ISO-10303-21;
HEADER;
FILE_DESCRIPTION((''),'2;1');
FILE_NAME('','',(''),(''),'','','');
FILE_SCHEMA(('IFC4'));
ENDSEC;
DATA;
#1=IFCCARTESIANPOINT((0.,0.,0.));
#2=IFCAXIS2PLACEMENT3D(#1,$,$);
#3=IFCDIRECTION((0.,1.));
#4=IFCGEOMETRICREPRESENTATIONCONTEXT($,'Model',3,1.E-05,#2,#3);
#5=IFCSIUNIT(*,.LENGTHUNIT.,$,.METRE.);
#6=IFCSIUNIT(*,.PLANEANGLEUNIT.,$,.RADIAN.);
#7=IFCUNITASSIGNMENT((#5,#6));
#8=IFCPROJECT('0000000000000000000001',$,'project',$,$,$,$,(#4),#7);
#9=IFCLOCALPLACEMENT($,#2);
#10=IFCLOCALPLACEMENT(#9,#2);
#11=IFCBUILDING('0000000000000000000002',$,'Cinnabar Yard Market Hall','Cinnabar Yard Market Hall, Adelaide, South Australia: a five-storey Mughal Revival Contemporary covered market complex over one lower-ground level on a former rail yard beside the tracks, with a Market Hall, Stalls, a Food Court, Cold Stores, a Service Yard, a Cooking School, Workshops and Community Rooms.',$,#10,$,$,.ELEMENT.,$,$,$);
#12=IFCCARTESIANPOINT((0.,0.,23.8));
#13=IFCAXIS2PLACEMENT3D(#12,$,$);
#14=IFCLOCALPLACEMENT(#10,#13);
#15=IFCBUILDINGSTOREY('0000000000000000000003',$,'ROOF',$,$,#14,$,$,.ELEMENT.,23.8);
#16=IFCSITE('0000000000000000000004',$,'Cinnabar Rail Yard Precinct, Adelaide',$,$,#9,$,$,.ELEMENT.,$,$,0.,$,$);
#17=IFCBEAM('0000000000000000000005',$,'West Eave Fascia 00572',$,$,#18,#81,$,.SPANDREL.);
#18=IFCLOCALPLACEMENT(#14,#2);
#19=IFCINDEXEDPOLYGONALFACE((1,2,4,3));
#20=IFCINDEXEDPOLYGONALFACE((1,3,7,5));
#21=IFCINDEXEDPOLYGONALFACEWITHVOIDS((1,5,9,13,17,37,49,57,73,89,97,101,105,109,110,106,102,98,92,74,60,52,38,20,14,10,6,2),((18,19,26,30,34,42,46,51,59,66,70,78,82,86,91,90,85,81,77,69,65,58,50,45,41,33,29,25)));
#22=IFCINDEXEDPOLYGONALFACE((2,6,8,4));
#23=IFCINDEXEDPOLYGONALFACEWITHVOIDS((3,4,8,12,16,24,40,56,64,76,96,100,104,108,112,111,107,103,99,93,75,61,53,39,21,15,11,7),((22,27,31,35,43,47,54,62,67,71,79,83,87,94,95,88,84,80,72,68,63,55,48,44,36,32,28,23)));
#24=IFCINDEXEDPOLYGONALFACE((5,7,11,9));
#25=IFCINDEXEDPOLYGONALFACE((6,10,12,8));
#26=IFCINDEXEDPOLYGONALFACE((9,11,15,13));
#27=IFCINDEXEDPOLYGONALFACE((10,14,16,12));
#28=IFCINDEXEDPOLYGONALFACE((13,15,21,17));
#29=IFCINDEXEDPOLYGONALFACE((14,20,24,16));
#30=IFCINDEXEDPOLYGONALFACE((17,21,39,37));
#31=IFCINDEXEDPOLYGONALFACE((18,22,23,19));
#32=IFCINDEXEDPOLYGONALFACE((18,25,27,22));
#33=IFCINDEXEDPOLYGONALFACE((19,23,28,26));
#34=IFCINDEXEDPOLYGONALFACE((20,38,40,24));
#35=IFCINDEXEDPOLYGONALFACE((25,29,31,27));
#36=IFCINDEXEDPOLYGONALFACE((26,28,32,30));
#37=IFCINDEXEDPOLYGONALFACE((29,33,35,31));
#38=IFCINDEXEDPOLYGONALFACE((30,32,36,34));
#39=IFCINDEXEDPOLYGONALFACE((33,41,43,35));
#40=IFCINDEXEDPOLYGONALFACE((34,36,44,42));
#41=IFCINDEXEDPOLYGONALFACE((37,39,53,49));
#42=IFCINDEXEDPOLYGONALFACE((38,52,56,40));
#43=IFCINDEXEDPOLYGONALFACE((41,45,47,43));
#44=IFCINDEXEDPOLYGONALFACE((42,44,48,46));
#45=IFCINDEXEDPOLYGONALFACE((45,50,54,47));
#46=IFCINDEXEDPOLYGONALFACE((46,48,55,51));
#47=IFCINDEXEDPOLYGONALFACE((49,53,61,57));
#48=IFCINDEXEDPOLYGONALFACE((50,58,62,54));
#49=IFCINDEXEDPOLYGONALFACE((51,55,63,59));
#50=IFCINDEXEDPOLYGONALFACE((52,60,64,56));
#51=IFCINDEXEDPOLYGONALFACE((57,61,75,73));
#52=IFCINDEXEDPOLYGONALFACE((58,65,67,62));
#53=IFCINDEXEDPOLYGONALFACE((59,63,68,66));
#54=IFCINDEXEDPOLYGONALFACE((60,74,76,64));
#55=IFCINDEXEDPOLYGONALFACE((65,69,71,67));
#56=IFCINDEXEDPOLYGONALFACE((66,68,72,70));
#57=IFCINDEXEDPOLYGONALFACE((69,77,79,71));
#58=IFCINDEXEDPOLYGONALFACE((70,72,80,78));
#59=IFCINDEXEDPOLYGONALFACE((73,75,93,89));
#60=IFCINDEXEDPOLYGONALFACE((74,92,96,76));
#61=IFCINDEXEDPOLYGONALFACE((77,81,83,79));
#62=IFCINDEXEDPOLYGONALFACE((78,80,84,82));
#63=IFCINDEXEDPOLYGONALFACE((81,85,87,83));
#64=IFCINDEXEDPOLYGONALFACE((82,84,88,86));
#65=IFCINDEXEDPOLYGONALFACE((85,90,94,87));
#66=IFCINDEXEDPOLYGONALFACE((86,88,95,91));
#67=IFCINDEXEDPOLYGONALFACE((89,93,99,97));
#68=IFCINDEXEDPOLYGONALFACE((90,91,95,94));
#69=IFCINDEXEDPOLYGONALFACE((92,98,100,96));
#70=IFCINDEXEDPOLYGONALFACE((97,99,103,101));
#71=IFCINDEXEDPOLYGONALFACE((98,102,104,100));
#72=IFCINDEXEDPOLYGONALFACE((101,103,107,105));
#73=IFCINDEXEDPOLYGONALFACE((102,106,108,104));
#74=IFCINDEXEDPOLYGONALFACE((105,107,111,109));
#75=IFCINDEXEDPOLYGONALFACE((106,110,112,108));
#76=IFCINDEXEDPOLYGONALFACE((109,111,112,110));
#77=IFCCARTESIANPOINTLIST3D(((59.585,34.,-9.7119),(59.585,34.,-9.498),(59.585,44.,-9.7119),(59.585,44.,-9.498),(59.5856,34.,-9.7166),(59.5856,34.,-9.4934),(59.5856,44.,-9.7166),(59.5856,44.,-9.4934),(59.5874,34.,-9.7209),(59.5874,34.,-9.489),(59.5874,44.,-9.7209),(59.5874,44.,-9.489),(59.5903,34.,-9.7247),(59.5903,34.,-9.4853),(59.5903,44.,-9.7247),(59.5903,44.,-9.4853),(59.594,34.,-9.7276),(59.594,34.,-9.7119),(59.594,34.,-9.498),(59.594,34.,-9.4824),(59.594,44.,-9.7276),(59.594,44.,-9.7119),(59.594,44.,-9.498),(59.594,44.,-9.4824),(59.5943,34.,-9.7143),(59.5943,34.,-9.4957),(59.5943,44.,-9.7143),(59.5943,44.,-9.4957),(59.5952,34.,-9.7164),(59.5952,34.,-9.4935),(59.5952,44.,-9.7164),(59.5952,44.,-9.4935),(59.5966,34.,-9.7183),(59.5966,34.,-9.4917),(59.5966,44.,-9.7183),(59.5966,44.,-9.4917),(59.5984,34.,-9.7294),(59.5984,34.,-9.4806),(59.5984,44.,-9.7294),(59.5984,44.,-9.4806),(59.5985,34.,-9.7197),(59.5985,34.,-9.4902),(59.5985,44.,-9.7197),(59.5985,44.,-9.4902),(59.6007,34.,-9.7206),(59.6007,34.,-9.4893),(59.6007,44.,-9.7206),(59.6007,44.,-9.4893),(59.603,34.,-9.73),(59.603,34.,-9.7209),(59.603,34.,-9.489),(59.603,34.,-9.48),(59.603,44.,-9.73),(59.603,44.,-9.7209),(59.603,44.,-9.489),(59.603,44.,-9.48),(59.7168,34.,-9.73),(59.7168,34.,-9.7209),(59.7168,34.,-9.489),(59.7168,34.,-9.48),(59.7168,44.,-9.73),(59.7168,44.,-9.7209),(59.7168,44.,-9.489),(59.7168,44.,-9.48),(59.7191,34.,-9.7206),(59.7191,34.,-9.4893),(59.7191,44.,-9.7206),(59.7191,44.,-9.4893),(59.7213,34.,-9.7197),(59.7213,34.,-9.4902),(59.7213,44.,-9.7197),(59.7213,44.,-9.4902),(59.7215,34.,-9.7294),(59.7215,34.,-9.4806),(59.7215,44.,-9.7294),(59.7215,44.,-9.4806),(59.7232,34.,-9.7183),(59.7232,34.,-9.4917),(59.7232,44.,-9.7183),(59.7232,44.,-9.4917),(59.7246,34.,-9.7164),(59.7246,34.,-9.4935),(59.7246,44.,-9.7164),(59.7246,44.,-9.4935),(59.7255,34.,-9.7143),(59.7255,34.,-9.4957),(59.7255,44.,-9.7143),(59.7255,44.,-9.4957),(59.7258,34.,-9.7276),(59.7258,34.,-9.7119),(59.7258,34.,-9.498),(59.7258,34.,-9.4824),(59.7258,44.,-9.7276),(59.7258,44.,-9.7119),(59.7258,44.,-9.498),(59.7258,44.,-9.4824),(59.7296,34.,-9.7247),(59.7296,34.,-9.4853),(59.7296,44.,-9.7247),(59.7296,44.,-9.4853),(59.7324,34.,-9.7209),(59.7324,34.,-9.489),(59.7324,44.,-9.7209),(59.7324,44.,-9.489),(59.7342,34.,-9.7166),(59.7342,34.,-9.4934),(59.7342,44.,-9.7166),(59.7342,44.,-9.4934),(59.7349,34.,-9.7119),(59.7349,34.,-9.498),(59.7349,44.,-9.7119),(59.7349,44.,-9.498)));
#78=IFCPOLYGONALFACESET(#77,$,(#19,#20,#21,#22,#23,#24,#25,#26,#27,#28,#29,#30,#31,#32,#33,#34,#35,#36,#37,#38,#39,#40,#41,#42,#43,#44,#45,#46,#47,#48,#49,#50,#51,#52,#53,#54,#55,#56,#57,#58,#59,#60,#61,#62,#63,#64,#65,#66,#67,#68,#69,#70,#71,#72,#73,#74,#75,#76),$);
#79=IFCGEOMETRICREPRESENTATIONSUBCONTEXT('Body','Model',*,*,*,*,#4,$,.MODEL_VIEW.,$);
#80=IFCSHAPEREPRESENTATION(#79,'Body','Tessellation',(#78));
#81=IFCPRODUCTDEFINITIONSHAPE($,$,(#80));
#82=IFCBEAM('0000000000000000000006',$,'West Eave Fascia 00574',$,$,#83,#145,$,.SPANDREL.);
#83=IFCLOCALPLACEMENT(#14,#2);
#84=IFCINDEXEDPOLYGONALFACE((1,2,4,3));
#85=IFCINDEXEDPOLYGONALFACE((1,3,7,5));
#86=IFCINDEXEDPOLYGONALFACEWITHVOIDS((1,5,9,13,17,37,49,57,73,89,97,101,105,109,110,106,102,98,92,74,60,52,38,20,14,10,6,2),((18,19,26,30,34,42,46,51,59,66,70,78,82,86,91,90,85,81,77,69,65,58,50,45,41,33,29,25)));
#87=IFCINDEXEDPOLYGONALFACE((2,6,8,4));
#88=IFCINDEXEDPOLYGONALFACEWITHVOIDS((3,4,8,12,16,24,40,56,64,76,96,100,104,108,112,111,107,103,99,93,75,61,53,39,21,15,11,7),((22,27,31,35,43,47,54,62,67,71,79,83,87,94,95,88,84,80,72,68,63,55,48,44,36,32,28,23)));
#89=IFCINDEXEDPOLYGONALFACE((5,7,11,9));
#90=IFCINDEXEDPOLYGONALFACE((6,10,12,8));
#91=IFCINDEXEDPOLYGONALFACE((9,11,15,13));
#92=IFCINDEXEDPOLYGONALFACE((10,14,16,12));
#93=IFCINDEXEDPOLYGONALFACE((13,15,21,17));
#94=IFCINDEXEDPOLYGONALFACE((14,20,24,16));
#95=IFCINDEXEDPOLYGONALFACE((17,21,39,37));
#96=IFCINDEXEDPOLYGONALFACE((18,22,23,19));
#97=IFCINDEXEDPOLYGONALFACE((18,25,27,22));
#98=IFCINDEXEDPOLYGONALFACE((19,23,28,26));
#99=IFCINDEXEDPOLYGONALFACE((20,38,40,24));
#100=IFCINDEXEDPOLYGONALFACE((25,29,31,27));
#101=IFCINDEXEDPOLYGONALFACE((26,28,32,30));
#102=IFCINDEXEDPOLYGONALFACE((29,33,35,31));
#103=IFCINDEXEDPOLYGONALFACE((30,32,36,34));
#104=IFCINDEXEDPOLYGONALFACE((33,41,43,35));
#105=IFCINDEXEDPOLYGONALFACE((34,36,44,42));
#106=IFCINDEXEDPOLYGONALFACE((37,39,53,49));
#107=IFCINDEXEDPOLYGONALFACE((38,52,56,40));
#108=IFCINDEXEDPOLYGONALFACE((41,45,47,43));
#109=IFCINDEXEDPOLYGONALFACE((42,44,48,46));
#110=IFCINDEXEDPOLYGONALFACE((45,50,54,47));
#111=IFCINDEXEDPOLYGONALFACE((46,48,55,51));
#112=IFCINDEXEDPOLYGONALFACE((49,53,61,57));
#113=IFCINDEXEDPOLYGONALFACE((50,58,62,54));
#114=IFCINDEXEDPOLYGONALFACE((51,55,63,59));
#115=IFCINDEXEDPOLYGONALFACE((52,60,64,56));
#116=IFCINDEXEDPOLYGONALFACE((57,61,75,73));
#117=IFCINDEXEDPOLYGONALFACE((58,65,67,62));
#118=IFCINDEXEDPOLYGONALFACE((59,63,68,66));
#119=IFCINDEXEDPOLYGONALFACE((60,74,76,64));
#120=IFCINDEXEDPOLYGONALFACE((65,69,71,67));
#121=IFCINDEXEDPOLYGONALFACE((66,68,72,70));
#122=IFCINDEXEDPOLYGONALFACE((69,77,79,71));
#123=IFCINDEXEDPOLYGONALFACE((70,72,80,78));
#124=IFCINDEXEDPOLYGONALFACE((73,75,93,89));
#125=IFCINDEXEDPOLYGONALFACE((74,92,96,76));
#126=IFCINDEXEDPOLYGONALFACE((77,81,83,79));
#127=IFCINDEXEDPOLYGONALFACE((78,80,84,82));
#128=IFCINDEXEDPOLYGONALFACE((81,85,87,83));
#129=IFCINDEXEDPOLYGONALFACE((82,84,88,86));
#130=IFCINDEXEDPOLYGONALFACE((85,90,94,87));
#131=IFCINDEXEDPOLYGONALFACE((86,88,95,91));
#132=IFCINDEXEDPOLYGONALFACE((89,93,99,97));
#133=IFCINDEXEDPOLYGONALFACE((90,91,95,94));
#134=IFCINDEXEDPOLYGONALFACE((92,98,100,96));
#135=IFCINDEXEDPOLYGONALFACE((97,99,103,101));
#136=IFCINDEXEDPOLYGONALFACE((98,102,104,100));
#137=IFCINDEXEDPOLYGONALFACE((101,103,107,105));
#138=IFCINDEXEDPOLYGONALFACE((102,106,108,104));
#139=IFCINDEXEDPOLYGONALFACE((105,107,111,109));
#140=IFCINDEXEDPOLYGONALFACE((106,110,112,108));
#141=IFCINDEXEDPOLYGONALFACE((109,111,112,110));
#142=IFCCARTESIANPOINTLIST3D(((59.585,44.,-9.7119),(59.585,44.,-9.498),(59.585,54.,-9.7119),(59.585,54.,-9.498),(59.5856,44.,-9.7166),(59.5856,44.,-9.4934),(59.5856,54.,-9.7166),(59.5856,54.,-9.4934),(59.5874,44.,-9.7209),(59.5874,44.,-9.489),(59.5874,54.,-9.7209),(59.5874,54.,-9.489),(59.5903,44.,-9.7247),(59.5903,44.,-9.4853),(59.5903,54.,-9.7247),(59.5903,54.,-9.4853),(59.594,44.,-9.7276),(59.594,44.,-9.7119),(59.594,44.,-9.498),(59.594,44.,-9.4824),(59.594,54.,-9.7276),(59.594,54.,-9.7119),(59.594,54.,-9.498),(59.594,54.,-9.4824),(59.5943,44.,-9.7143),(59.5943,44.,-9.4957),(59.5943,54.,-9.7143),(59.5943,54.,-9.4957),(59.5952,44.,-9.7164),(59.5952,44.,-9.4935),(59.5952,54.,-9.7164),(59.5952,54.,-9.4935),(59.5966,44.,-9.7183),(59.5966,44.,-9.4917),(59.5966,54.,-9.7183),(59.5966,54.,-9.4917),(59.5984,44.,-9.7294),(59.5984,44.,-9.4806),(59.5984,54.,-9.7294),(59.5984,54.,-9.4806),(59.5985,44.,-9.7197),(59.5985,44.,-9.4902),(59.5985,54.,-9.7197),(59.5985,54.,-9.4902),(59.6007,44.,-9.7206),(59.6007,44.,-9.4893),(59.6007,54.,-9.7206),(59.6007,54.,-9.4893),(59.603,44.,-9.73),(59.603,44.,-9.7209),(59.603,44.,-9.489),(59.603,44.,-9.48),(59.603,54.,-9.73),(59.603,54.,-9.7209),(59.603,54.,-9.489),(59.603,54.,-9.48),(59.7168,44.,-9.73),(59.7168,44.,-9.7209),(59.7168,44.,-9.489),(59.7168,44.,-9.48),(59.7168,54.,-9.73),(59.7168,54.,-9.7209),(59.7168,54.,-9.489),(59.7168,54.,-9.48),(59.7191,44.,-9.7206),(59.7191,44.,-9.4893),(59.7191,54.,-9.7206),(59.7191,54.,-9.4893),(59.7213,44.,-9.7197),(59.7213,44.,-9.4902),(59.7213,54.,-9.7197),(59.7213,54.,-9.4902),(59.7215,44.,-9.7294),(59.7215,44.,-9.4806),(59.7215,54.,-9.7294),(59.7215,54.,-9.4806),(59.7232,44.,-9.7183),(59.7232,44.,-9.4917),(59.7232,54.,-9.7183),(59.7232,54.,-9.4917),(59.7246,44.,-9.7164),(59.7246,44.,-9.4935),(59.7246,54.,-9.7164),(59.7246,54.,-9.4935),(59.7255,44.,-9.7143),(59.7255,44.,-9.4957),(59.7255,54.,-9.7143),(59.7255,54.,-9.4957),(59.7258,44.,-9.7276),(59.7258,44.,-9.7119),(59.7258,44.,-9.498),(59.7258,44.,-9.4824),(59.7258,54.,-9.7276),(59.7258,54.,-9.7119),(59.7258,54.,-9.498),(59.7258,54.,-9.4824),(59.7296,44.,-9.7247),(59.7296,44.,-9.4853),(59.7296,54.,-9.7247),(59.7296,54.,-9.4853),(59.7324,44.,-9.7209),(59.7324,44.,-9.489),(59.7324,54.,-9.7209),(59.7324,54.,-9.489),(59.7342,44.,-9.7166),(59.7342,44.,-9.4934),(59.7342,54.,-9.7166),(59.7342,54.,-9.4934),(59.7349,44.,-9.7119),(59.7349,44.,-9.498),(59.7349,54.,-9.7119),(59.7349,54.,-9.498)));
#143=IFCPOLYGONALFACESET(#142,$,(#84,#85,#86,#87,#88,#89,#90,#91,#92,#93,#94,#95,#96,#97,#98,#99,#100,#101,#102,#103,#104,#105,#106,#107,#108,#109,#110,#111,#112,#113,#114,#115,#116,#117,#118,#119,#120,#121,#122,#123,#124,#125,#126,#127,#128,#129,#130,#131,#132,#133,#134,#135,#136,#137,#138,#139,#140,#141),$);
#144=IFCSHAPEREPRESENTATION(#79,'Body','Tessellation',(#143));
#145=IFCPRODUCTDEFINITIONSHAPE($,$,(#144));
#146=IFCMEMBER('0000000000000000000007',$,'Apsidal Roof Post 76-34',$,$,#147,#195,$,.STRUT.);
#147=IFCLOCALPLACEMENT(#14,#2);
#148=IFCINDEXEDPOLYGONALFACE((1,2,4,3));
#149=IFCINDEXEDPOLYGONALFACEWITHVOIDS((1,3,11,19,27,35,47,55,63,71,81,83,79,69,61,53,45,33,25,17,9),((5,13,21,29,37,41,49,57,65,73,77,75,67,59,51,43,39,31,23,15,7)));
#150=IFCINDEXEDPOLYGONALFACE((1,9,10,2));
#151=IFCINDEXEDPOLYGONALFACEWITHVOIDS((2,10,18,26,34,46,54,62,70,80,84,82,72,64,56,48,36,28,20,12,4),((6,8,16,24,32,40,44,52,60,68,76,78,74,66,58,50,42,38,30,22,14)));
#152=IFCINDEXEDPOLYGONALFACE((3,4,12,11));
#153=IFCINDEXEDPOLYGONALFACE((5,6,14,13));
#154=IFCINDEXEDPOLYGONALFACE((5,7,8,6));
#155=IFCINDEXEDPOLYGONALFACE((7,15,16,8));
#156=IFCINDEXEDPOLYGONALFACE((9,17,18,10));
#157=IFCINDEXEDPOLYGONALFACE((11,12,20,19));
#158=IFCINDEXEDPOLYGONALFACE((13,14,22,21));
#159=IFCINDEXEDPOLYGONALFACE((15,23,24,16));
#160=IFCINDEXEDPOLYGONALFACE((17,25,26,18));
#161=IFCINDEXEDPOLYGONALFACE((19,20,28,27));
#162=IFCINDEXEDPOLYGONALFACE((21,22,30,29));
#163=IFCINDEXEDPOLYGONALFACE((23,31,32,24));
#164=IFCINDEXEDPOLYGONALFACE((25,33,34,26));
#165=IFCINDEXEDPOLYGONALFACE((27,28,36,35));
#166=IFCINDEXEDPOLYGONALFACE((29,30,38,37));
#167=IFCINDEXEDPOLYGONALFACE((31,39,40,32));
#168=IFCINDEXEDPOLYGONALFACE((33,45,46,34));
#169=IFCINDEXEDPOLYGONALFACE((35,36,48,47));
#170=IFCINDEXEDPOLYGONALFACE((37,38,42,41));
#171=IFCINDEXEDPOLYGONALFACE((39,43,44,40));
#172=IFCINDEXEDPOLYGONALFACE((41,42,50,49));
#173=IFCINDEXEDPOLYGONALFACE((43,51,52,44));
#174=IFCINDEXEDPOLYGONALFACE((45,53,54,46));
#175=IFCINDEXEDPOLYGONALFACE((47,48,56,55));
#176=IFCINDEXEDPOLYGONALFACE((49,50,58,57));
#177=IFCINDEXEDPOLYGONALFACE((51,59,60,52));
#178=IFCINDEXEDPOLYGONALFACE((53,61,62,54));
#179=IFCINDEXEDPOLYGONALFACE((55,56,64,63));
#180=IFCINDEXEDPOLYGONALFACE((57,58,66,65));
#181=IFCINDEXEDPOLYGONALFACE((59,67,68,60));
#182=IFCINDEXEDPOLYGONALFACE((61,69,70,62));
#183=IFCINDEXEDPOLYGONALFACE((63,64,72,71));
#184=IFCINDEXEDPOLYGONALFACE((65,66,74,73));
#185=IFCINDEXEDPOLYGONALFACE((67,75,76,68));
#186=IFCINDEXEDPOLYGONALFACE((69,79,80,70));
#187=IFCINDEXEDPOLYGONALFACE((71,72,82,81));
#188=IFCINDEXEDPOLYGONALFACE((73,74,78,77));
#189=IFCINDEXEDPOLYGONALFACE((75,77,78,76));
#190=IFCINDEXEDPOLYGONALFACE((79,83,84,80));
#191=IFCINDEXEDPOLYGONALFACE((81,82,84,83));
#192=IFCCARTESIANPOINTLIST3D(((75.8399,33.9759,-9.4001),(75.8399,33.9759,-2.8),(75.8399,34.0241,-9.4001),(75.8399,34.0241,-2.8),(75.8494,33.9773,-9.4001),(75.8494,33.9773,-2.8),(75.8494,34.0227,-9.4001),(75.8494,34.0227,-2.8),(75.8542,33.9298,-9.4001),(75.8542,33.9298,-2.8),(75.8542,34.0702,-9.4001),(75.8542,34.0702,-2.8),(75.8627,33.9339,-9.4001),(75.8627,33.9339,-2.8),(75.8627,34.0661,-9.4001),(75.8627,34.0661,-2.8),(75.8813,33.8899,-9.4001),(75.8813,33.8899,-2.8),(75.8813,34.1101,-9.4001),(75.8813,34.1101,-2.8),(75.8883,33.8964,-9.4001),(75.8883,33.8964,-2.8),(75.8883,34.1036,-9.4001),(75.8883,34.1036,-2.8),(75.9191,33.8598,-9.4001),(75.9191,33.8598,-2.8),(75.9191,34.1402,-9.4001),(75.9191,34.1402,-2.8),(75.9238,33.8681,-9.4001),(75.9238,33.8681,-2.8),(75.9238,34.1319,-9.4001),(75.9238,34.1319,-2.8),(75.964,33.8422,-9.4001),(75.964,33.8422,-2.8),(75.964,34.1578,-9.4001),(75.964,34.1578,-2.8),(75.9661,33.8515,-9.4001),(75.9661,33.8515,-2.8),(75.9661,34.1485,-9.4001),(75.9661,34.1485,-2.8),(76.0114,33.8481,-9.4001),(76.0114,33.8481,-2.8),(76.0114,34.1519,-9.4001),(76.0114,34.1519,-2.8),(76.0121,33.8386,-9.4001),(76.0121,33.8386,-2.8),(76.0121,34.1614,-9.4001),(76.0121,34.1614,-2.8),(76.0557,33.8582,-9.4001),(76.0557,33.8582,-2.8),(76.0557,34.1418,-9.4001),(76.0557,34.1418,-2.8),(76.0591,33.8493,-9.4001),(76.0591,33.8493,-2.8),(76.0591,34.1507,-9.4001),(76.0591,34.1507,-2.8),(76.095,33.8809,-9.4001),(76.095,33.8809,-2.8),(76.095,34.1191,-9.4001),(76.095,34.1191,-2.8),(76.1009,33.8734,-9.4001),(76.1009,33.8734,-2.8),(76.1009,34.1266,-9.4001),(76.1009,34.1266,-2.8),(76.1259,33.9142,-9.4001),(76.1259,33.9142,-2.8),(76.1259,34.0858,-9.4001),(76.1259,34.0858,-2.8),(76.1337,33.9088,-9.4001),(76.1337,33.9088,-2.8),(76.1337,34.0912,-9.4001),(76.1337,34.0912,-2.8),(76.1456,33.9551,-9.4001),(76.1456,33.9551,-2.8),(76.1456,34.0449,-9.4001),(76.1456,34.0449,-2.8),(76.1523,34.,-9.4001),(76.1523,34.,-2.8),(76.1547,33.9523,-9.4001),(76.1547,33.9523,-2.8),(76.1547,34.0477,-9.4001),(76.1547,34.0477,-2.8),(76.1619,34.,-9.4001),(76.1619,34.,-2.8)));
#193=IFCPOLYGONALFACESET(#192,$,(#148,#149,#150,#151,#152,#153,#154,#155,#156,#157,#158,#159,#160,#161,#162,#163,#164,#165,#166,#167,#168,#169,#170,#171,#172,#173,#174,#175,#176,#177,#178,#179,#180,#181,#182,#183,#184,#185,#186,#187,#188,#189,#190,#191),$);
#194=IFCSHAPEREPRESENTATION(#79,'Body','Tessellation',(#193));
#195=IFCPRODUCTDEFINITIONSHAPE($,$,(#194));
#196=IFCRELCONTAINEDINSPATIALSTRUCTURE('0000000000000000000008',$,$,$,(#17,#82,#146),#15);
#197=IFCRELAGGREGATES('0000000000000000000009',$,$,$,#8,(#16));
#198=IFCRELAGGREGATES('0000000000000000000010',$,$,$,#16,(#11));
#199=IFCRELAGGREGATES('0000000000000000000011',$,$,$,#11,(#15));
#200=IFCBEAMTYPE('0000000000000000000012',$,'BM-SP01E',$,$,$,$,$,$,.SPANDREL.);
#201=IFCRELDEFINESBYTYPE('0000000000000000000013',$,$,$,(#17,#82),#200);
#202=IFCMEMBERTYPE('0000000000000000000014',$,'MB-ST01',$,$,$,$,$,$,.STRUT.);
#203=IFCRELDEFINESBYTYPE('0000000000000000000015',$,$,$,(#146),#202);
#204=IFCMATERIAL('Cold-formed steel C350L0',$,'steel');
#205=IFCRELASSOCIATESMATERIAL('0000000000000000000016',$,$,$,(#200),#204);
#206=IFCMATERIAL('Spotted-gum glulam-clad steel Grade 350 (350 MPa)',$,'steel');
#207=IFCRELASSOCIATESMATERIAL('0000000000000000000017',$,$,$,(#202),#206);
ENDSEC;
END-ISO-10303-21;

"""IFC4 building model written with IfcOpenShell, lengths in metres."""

from ifc_helpers import new_model, si_unit, direction, frame, origin, origin_2d_with_axis, place, context, subcontext, project, spatial, hollow_rectangle, hollow_circle, extrude, material, material_profile, profile_set, type_object, element, save


model = new_model("IFC4")

# Units and contexts
model_context = context("Model", 3, precision=1e-05, world=origin(), true_north=direction((0.0, 1.0)))
body_context = subcontext(model_context, "Body", "Model", "MODEL_VIEW")
ifc_project = project(units=[si_unit("LENGTHUNIT", "METRE"), si_unit("PLANEANGLEUNIT", "RADIAN")], contexts=[model_context])

# Site, building, storey
site_placement = place(None, origin())
site = spatial("IfcSite", under=ifc_project, at=site_placement, Name="Cinnabar Rail Yard Precinct, Adelaide", CompositionType="ELEMENT", RefElevation=0.0)
building_placement = place(site_placement, origin())
building = spatial("IfcBuilding", under=site, at=building_placement, Name="Cinnabar Yard Market Hall", Description="Cinnabar Yard Market Hall, Adelaide, South Australia: a five-storey Mughal Revival Contemporary covered market complex over one lower-ground level on a former rail yard beside the tracks, with a Market Hall, Stalls, a Food Court, Cold Stores, a Service Yard, a Cooking School, Workshops and Community Rooms.", CompositionType="ELEMENT")
storey_placement = place(building_placement, frame((0.0, 0.0, 23.8)))
storey = spatial("IfcBuildingStorey", under=building, at=storey_placement, Name="ROOF", CompositionType="ELEMENT", Elevation=23.8)

# Beams
ifc_material_1 = material(Name="Cold-formed steel C350L0", Category="steel")
ifc_material_profile_1 = material_profile(ifc_material_1, hollow_rectangle(XDim=0.1499, YDim=0.25, WallThickness=0.009, InnerFilletRadius=0.009, OuterFilletRadius=0.0181, at=origin_2d_with_axis()), Name="250x150x9.0RHS")
ifc_profile_set_1 = profile_set([ifc_material_profile_1], Name="Cold-formed steel C350L0")
beam_type_1 = type_object("IfcBeamType", Name="BM-SP01E", PredefinedType="SPANDREL", material=ifc_profile_set_1)
for number, where, z_axis, x_axis, name in (
    (1, (59.6599, 34.0, -9.605), (0.0, 1.0, 0.0), (-1.0, 0.0, 0.0), "West Eave Fascia 00572"),
    (2, (59.6599, 44.0, -9.605), (0.0, 1.0, 0.0), (-1.0, 0.0, 0.0), "West Eave Fascia 00574"),
):
    element("IfcBeam", number, at=place(storey_placement, frame(where, z_axis=z_axis, x_axis=x_axis)), inside=storey, type_object=beam_type_1, Name=name, PredefinedType="SPANDREL", context=body_context, shape_type="SweptSolid", body=[
        extrude(hollow_rectangle(XDim=0.1499, YDim=0.25, WallThickness=0.009, InnerFilletRadius=0.009, OuterFilletRadius=0.0181, at=origin_2d_with_axis()), origin(), (0.0, 0.0, 1.0), 10.0),
    ])

# Member
ifc_material_2 = material(Name="Spotted-gum glulam-clad steel Grade 350 (350 MPa)", Category="steel")
ifc_material_profile_2 = material_profile(ifc_material_2, hollow_circle(Radius=0.1619, WallThickness=0.0095, at=origin_2d_with_axis()), Name="323.9x9.5CHS")
ifc_profile_set_2 = profile_set([ifc_material_profile_2], Name="Spotted-gum glulam-clad steel Grade 350 (350 MPa)")
member_type = type_object("IfcMemberType", Name="MB-ST01", PredefinedType="STRUT", material=ifc_profile_set_2)
member_placement = place(storey_placement, frame((76.0, 34.0, -9.4001), z_axis=(0.0, 0.0, 1.0), x_axis=(1.0, 0.0, 0.0)))
element("IfcMember", 3, at=member_placement, inside=storey, type_object=member_type, Name="Apsidal Roof Post 76-34", PredefinedType="STRUT", context=body_context, shape_type="SweptSolid", body=[
    extrude(hollow_circle(Radius=0.1619, WallThickness=0.0095, at=origin_2d_with_axis()), origin(), (0.0, 0.0, 1.0), 6.6001),
])

save(model, "model.ifc")
